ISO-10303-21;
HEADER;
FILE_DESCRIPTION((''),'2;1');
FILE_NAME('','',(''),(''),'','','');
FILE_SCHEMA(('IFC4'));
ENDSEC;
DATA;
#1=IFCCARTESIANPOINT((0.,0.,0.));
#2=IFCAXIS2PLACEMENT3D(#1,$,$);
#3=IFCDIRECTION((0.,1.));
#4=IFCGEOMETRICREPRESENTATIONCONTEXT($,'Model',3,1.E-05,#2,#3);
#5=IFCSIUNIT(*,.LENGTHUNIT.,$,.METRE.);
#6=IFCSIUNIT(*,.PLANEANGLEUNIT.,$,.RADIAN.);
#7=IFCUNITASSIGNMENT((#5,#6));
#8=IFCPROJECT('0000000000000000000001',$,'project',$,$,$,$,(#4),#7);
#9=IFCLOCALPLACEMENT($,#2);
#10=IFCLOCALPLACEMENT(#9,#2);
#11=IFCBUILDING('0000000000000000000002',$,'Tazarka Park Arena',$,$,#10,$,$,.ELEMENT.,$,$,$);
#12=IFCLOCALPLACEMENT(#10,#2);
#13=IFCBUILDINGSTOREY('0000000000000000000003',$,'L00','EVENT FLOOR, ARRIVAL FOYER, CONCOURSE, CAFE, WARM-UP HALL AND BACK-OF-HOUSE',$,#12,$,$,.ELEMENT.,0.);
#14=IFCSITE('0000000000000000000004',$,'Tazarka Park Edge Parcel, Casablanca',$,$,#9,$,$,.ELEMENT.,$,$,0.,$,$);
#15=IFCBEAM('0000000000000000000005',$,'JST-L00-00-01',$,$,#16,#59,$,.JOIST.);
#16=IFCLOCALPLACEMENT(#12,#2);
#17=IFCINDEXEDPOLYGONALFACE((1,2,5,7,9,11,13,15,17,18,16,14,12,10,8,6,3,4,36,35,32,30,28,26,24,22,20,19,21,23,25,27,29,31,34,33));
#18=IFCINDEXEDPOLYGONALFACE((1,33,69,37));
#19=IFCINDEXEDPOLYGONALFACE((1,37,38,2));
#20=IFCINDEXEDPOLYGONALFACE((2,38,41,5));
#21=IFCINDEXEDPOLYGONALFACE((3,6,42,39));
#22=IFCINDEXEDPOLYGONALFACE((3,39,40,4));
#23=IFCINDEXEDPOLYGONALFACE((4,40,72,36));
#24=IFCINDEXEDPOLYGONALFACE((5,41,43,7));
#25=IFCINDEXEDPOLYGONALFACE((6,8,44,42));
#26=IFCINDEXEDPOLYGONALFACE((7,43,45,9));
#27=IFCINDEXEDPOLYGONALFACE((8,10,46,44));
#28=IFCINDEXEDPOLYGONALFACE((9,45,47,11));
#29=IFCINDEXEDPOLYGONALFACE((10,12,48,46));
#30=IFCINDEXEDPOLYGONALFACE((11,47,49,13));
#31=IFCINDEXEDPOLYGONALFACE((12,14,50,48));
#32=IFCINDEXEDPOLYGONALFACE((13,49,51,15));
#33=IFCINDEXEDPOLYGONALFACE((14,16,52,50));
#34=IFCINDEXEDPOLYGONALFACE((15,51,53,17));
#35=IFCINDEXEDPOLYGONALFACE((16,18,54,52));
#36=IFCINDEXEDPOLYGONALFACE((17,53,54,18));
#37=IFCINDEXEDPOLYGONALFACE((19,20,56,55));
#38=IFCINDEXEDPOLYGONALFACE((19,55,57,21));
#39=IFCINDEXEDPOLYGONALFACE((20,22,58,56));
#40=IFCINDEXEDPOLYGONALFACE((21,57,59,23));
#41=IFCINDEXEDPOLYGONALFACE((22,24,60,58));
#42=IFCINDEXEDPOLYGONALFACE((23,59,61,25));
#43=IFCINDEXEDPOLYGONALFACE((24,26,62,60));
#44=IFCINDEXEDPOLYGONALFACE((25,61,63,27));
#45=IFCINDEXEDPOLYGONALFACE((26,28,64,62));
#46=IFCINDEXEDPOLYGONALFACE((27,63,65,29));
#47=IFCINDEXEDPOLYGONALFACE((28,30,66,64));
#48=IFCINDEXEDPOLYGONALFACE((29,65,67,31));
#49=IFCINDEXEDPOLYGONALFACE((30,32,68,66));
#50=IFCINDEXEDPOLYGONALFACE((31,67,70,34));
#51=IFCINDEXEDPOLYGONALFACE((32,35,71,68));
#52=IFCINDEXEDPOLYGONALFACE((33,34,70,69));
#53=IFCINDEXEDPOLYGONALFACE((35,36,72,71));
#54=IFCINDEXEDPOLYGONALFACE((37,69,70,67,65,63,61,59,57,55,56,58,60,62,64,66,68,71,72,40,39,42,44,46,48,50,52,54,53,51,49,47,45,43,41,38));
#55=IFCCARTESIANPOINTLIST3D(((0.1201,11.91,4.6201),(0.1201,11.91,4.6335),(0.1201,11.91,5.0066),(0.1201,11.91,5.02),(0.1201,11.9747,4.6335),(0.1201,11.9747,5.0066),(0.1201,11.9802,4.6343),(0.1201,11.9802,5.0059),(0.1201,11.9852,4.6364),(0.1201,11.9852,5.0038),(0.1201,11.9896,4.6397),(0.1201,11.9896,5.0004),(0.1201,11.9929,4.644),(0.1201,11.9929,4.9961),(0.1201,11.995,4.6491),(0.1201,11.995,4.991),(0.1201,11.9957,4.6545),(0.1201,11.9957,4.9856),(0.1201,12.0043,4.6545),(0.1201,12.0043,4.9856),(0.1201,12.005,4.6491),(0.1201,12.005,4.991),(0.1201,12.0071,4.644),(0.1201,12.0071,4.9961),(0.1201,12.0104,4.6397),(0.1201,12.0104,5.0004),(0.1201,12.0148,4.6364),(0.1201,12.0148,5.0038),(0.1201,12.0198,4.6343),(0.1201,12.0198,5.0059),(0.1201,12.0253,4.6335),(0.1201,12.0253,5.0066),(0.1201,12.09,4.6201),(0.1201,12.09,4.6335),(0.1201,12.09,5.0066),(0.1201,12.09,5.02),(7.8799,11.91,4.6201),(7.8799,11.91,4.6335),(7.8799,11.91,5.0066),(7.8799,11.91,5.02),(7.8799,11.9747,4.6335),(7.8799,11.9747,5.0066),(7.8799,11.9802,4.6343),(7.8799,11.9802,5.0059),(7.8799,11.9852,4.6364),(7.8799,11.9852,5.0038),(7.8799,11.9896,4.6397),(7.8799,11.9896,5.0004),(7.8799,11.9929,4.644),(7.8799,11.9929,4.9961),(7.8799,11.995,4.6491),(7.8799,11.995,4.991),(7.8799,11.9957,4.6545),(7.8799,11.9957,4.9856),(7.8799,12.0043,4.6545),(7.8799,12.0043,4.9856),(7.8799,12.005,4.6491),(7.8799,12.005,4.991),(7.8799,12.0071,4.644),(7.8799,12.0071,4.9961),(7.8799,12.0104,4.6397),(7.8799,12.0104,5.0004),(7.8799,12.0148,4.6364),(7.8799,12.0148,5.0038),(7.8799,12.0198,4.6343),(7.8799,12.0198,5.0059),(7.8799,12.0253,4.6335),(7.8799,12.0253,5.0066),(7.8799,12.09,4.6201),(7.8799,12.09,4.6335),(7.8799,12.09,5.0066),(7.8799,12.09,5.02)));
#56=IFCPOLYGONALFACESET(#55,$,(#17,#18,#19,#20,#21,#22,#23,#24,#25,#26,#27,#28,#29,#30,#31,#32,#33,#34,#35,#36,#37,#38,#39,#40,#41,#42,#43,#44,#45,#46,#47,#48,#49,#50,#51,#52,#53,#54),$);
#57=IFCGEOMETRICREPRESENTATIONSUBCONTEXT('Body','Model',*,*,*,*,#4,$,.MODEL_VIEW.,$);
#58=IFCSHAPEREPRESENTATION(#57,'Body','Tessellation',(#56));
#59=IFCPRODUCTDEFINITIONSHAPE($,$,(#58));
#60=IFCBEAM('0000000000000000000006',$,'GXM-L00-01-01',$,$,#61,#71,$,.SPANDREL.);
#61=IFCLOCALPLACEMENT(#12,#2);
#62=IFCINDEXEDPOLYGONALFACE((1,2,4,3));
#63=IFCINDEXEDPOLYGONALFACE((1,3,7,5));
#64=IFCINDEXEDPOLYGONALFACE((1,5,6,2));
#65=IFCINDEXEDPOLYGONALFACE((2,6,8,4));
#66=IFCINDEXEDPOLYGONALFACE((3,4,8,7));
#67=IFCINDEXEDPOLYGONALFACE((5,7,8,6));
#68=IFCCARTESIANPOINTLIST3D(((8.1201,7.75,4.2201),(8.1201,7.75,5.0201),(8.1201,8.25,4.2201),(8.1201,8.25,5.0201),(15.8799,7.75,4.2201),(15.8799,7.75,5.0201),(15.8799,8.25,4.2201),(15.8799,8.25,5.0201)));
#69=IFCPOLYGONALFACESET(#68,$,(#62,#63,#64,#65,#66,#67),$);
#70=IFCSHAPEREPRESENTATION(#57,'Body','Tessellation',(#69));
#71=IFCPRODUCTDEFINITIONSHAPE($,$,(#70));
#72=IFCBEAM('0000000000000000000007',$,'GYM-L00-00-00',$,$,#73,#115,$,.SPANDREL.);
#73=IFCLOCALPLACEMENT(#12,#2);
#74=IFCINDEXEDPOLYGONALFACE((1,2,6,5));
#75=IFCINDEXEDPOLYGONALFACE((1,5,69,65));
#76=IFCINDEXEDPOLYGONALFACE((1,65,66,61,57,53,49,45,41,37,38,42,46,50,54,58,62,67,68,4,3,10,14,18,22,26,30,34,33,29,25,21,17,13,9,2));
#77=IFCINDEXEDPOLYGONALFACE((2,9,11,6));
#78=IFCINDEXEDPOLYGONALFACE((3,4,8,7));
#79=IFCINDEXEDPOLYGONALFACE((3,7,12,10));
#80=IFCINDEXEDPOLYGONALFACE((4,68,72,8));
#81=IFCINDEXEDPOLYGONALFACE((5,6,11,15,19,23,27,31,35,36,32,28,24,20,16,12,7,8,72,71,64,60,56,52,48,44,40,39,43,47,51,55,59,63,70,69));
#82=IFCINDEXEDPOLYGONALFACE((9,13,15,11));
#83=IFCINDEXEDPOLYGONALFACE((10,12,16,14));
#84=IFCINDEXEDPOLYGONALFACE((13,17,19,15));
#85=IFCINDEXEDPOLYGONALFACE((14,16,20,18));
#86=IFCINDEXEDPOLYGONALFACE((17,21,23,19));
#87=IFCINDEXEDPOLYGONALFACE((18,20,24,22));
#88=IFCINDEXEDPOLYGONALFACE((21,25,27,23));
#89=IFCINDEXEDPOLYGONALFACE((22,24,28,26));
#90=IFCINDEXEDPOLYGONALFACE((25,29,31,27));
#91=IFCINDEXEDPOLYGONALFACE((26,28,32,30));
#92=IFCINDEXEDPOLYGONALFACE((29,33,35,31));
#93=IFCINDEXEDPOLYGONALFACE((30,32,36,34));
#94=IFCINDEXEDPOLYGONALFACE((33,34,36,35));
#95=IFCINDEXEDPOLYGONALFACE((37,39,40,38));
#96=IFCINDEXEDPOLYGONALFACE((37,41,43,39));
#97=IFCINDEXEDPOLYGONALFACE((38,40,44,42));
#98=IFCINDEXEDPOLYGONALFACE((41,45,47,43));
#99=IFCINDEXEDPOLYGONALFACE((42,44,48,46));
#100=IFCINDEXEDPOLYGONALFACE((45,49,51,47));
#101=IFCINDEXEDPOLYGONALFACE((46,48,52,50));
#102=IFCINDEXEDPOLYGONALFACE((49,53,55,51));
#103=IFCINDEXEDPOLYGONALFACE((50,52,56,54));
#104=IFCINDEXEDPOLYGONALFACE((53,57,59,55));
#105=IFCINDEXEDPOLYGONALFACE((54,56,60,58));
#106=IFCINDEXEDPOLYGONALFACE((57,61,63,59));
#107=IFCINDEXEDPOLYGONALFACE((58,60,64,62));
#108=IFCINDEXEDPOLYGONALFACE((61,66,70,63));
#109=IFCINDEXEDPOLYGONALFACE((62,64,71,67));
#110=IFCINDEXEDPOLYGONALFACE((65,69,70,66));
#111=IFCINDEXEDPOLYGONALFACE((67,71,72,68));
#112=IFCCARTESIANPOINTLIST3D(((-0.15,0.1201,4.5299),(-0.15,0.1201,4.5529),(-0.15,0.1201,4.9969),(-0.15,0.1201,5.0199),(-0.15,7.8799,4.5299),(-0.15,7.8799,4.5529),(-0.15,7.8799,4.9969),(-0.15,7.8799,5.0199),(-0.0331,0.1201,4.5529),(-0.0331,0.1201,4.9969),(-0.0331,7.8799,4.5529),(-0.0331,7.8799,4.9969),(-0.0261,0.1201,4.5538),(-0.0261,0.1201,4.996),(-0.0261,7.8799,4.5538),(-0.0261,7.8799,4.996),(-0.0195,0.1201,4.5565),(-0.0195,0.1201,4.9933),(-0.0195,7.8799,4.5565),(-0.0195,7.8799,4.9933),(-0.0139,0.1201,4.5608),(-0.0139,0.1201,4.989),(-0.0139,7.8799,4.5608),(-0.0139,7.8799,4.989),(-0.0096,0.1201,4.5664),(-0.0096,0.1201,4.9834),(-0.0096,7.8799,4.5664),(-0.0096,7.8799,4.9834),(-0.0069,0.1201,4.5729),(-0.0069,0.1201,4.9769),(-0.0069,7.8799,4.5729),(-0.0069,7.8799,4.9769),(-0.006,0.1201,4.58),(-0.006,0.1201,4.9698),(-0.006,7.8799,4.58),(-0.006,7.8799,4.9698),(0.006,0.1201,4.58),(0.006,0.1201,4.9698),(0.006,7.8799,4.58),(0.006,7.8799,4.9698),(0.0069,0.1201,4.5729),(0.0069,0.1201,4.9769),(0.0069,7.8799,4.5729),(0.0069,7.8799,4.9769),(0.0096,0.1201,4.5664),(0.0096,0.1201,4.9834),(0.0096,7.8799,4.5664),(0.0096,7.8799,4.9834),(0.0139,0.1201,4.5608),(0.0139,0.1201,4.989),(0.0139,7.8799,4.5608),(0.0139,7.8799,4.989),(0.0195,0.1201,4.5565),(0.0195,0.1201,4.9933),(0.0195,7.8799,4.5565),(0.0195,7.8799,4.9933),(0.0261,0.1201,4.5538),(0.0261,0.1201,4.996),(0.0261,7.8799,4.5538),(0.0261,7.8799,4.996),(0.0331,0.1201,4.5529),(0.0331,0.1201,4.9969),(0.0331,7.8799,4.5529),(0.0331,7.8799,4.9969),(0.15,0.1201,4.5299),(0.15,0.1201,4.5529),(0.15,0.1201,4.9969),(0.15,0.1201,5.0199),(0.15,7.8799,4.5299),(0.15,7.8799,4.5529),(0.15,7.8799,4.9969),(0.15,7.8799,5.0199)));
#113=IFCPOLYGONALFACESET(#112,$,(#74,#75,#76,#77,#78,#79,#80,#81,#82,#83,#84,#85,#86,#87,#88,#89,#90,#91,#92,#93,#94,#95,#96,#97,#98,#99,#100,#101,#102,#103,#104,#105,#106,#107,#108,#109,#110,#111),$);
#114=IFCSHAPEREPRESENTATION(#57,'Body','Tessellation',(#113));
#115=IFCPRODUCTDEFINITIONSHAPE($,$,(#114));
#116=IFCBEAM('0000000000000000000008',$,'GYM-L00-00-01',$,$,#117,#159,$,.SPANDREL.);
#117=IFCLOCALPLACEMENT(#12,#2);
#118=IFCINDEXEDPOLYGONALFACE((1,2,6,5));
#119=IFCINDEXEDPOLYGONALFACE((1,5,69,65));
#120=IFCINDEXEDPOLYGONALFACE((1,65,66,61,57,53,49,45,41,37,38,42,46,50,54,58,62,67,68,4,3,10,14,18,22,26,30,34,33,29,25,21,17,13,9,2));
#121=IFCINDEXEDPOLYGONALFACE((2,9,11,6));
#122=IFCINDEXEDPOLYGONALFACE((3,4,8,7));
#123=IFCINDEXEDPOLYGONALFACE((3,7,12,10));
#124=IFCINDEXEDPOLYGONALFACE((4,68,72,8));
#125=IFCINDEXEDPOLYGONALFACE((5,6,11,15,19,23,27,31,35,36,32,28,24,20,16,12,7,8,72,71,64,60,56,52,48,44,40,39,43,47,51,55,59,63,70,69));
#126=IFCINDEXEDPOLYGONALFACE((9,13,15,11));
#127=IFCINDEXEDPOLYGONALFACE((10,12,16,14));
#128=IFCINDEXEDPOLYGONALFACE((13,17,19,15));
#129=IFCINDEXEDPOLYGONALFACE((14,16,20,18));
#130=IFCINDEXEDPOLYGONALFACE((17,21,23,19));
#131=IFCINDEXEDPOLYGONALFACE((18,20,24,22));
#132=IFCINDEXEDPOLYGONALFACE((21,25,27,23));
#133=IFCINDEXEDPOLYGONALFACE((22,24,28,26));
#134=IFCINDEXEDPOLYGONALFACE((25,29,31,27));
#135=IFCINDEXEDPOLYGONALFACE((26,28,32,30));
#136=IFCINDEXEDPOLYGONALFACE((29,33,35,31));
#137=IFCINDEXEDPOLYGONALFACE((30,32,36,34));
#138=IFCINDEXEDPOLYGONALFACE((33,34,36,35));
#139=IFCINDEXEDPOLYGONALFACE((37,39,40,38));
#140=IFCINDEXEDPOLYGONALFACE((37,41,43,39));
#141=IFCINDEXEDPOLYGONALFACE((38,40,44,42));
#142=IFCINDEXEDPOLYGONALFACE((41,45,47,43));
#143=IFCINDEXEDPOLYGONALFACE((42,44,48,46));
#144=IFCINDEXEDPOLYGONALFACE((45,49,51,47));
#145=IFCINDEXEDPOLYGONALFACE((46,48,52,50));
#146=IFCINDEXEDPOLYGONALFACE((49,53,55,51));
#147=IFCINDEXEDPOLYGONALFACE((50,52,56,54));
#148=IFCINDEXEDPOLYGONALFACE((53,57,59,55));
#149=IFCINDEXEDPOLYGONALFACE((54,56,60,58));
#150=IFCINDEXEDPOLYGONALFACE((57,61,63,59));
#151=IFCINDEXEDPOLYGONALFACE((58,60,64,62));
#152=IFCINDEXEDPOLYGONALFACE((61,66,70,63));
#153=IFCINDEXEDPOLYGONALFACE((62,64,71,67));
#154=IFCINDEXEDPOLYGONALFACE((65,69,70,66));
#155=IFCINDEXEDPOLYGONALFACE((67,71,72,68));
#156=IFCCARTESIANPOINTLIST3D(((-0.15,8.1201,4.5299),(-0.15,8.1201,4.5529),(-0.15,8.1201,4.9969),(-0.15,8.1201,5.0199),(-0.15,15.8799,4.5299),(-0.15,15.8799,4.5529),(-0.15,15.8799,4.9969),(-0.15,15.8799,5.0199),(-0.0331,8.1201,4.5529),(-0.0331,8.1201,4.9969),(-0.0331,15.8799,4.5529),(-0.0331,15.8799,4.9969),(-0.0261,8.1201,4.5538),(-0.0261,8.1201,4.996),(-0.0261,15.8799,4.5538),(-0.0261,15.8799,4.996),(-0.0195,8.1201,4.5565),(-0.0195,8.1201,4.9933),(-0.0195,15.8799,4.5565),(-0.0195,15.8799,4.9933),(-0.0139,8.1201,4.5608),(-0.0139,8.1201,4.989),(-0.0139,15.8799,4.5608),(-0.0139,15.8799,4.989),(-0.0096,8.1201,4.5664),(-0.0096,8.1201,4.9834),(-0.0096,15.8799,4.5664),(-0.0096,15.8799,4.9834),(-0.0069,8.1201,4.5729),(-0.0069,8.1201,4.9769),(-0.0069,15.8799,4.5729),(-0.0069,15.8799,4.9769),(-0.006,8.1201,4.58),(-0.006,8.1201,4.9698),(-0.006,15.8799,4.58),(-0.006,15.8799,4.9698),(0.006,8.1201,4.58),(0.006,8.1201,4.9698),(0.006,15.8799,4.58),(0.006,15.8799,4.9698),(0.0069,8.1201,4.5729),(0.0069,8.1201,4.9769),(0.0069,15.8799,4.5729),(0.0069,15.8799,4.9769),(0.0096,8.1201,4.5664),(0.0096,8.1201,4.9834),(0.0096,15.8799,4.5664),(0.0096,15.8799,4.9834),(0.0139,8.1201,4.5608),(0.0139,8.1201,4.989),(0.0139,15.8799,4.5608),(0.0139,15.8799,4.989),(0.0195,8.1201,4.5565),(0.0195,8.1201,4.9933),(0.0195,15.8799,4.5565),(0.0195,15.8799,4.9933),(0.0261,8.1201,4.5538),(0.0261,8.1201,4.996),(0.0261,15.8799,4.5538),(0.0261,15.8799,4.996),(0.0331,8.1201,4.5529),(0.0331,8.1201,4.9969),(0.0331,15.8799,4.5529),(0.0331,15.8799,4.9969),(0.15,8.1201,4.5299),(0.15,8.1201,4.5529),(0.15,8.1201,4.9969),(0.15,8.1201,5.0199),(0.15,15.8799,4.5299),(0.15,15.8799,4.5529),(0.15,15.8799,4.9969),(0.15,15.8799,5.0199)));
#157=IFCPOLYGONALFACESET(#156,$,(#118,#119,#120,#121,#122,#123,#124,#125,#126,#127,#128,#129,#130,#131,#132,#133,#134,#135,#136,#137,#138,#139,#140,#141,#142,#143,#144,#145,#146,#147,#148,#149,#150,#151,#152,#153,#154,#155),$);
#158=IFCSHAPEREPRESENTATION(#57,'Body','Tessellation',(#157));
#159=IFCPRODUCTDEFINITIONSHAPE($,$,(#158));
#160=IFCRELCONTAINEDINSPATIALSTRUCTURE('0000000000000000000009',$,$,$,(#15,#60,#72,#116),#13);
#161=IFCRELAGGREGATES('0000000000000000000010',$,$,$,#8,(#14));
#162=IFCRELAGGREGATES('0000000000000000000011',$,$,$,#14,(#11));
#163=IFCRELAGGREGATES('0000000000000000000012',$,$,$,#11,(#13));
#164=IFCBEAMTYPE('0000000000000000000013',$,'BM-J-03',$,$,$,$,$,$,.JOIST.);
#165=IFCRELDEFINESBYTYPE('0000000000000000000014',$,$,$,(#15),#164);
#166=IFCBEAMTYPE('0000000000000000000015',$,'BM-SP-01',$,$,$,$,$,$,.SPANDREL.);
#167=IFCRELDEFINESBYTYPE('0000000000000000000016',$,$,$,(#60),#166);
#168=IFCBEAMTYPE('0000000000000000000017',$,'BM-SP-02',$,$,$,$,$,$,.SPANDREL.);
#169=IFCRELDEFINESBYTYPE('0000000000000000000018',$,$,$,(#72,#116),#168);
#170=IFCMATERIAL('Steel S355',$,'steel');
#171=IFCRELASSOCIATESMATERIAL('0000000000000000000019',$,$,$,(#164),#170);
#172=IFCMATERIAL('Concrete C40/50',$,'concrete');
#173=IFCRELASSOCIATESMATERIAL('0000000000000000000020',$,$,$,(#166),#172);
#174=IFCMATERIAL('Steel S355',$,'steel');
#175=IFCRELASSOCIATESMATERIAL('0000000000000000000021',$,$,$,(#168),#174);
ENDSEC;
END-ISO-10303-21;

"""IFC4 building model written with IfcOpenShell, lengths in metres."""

from ifc_helpers import new_model, si_unit, direction, frame, origin, origin_2d, place, context, subcontext, project, spatial, rectangle, i_section, extrude, material, material_profile, profile_set, type_object, element, save


model = new_model("IFC4")

# Units and contexts
model_context = context("Model", 3, precision=1e-05, world=origin(), true_north=direction((0.0, 1.0)))
body_context = subcontext(model_context, "Body", "Model", "MODEL_VIEW")
ifc_project = project(units=[si_unit("LENGTHUNIT", "METRE"), si_unit("PLANEANGLEUNIT", "RADIAN")], contexts=[model_context])

# Site, building, storey
site_placement = place(None, origin())
site = spatial("IfcSite", under=ifc_project, at=site_placement, Name="Tazarka Park Edge Parcel, Casablanca", CompositionType="ELEMENT", RefElevation=0.0)
building_placement = place(site_placement, origin())
building = spatial("IfcBuilding", under=site, at=building_placement, Name="Tazarka Park Arena", CompositionType="ELEMENT")
storey_placement = place(building_placement, origin())
storey = spatial("IfcBuildingStorey", under=building, at=storey_placement, Name="L00", Description="EVENT FLOOR, ARRIVAL FOYER, CONCOURSE, CAFE, WARM-UP HALL AND BACK-OF-HOUSE", CompositionType="ELEMENT", Elevation=0.0)

# Beams
ifc_material_1 = material(Name="Steel S355", Category="steel")
ifc_material_profile_1 = material_profile(ifc_material_1, i_section(OverallWidth=0.1799, OverallDepth=0.3999, WebThickness=0.0085, FlangeThickness=0.0134, FilletRadius=0.021, at=origin_2d()), Name="Steel S355")
ifc_profile_set_1 = profile_set([ifc_material_profile_1], Name="Steel S355")
beam_type_1 = type_object("IfcBeamType", Name="BM-J-03", PredefinedType="JOIST", material=ifc_profile_set_1)
beam_1_placement = place(storey_placement, frame((0.1201, 12.0, 4.8201), z_axis=(1.0, 0.0, 0.0), x_axis=(0.0, 1.0, 0.0)))
element("IfcBeam", 1, at=beam_1_placement, inside=storey, type_object=beam_type_1, Name="JST-L00-00-01", PredefinedType="JOIST", context=body_context, shape_type="SweptSolid", body=[
    extrude(i_section(OverallWidth=0.1799, OverallDepth=0.3999, WebThickness=0.0085, FlangeThickness=0.0134, FilletRadius=0.021, at=origin_2d()), origin(), (0.0, 0.0, 1.0), 7.7598),
])
ifc_material_2 = material(Name="Concrete C40/50", Category="concrete")
ifc_material_profile_2 = material_profile(ifc_material_2, rectangle(XDim=0.5, YDim=0.8, at=origin_2d()), Name="Concrete C40/50")
ifc_profile_set_2 = profile_set([ifc_material_profile_2], Name="Concrete C40/50")
beam_type_2 = type_object("IfcBeamType", Name="BM-SP-01", PredefinedType="SPANDREL", material=ifc_profile_set_2)
beam_2_placement = place(storey_placement, frame((8.1201, 8.0, 4.6201), z_axis=(1.0, 0.0, 0.0), x_axis=(0.0, 1.0, 0.0)))
element("IfcBeam", 2, at=beam_2_placement, inside=storey, type_object=beam_type_2, Name="GXM-L00-01-01", PredefinedType="SPANDREL", context=body_context, shape_type="SweptSolid", body=[
    extrude(rectangle(XDim=0.5, YDim=0.8, at=origin_2d()), origin(), (0.0, 0.0, 1.0), 7.7598),
])
ifc_material_3 = material(Name="Steel S355", Category="steel")
ifc_material_profile_3 = material_profile(ifc_material_3, i_section(OverallWidth=0.3, OverallDepth=0.49, WebThickness=0.012, FlangeThickness=0.0229, FilletRadius=0.0271, at=origin_2d()), Name="Steel S355")
ifc_profile_set_3 = profile_set([ifc_material_profile_3], Name="Steel S355")
beam_type_3 = type_object("IfcBeamType", Name="BM-SP-02", PredefinedType="SPANDREL", material=ifc_profile_set_3)
for number, where, z_axis, x_axis, name in (
    (3, (0.0, 0.1201, 4.7749), (0.0, 1.0, 0.0), (-1.0, 0.0, 0.0), "GYM-L00-00-00"),
    (4, (0.0, 8.1201, 4.7749), (0.0, 1.0, 0.0), (-1.0, 0.0, 0.0), "GYM-L00-00-01"),
):
    element("IfcBeam", number, at=place(storey_placement, frame(where, z_axis=z_axis, x_axis=x_axis)), inside=storey, type_object=beam_type_3, Name=name, PredefinedType="SPANDREL", context=body_context, shape_type="SweptSolid", body=[
        extrude(i_section(OverallWidth=0.3, OverallDepth=0.49, WebThickness=0.012, FlangeThickness=0.0229, FilletRadius=0.0271, at=origin_2d()), origin(), (0.0, 0.0, 1.0), 7.7598),
    ])

save(model, "model.ifc")
